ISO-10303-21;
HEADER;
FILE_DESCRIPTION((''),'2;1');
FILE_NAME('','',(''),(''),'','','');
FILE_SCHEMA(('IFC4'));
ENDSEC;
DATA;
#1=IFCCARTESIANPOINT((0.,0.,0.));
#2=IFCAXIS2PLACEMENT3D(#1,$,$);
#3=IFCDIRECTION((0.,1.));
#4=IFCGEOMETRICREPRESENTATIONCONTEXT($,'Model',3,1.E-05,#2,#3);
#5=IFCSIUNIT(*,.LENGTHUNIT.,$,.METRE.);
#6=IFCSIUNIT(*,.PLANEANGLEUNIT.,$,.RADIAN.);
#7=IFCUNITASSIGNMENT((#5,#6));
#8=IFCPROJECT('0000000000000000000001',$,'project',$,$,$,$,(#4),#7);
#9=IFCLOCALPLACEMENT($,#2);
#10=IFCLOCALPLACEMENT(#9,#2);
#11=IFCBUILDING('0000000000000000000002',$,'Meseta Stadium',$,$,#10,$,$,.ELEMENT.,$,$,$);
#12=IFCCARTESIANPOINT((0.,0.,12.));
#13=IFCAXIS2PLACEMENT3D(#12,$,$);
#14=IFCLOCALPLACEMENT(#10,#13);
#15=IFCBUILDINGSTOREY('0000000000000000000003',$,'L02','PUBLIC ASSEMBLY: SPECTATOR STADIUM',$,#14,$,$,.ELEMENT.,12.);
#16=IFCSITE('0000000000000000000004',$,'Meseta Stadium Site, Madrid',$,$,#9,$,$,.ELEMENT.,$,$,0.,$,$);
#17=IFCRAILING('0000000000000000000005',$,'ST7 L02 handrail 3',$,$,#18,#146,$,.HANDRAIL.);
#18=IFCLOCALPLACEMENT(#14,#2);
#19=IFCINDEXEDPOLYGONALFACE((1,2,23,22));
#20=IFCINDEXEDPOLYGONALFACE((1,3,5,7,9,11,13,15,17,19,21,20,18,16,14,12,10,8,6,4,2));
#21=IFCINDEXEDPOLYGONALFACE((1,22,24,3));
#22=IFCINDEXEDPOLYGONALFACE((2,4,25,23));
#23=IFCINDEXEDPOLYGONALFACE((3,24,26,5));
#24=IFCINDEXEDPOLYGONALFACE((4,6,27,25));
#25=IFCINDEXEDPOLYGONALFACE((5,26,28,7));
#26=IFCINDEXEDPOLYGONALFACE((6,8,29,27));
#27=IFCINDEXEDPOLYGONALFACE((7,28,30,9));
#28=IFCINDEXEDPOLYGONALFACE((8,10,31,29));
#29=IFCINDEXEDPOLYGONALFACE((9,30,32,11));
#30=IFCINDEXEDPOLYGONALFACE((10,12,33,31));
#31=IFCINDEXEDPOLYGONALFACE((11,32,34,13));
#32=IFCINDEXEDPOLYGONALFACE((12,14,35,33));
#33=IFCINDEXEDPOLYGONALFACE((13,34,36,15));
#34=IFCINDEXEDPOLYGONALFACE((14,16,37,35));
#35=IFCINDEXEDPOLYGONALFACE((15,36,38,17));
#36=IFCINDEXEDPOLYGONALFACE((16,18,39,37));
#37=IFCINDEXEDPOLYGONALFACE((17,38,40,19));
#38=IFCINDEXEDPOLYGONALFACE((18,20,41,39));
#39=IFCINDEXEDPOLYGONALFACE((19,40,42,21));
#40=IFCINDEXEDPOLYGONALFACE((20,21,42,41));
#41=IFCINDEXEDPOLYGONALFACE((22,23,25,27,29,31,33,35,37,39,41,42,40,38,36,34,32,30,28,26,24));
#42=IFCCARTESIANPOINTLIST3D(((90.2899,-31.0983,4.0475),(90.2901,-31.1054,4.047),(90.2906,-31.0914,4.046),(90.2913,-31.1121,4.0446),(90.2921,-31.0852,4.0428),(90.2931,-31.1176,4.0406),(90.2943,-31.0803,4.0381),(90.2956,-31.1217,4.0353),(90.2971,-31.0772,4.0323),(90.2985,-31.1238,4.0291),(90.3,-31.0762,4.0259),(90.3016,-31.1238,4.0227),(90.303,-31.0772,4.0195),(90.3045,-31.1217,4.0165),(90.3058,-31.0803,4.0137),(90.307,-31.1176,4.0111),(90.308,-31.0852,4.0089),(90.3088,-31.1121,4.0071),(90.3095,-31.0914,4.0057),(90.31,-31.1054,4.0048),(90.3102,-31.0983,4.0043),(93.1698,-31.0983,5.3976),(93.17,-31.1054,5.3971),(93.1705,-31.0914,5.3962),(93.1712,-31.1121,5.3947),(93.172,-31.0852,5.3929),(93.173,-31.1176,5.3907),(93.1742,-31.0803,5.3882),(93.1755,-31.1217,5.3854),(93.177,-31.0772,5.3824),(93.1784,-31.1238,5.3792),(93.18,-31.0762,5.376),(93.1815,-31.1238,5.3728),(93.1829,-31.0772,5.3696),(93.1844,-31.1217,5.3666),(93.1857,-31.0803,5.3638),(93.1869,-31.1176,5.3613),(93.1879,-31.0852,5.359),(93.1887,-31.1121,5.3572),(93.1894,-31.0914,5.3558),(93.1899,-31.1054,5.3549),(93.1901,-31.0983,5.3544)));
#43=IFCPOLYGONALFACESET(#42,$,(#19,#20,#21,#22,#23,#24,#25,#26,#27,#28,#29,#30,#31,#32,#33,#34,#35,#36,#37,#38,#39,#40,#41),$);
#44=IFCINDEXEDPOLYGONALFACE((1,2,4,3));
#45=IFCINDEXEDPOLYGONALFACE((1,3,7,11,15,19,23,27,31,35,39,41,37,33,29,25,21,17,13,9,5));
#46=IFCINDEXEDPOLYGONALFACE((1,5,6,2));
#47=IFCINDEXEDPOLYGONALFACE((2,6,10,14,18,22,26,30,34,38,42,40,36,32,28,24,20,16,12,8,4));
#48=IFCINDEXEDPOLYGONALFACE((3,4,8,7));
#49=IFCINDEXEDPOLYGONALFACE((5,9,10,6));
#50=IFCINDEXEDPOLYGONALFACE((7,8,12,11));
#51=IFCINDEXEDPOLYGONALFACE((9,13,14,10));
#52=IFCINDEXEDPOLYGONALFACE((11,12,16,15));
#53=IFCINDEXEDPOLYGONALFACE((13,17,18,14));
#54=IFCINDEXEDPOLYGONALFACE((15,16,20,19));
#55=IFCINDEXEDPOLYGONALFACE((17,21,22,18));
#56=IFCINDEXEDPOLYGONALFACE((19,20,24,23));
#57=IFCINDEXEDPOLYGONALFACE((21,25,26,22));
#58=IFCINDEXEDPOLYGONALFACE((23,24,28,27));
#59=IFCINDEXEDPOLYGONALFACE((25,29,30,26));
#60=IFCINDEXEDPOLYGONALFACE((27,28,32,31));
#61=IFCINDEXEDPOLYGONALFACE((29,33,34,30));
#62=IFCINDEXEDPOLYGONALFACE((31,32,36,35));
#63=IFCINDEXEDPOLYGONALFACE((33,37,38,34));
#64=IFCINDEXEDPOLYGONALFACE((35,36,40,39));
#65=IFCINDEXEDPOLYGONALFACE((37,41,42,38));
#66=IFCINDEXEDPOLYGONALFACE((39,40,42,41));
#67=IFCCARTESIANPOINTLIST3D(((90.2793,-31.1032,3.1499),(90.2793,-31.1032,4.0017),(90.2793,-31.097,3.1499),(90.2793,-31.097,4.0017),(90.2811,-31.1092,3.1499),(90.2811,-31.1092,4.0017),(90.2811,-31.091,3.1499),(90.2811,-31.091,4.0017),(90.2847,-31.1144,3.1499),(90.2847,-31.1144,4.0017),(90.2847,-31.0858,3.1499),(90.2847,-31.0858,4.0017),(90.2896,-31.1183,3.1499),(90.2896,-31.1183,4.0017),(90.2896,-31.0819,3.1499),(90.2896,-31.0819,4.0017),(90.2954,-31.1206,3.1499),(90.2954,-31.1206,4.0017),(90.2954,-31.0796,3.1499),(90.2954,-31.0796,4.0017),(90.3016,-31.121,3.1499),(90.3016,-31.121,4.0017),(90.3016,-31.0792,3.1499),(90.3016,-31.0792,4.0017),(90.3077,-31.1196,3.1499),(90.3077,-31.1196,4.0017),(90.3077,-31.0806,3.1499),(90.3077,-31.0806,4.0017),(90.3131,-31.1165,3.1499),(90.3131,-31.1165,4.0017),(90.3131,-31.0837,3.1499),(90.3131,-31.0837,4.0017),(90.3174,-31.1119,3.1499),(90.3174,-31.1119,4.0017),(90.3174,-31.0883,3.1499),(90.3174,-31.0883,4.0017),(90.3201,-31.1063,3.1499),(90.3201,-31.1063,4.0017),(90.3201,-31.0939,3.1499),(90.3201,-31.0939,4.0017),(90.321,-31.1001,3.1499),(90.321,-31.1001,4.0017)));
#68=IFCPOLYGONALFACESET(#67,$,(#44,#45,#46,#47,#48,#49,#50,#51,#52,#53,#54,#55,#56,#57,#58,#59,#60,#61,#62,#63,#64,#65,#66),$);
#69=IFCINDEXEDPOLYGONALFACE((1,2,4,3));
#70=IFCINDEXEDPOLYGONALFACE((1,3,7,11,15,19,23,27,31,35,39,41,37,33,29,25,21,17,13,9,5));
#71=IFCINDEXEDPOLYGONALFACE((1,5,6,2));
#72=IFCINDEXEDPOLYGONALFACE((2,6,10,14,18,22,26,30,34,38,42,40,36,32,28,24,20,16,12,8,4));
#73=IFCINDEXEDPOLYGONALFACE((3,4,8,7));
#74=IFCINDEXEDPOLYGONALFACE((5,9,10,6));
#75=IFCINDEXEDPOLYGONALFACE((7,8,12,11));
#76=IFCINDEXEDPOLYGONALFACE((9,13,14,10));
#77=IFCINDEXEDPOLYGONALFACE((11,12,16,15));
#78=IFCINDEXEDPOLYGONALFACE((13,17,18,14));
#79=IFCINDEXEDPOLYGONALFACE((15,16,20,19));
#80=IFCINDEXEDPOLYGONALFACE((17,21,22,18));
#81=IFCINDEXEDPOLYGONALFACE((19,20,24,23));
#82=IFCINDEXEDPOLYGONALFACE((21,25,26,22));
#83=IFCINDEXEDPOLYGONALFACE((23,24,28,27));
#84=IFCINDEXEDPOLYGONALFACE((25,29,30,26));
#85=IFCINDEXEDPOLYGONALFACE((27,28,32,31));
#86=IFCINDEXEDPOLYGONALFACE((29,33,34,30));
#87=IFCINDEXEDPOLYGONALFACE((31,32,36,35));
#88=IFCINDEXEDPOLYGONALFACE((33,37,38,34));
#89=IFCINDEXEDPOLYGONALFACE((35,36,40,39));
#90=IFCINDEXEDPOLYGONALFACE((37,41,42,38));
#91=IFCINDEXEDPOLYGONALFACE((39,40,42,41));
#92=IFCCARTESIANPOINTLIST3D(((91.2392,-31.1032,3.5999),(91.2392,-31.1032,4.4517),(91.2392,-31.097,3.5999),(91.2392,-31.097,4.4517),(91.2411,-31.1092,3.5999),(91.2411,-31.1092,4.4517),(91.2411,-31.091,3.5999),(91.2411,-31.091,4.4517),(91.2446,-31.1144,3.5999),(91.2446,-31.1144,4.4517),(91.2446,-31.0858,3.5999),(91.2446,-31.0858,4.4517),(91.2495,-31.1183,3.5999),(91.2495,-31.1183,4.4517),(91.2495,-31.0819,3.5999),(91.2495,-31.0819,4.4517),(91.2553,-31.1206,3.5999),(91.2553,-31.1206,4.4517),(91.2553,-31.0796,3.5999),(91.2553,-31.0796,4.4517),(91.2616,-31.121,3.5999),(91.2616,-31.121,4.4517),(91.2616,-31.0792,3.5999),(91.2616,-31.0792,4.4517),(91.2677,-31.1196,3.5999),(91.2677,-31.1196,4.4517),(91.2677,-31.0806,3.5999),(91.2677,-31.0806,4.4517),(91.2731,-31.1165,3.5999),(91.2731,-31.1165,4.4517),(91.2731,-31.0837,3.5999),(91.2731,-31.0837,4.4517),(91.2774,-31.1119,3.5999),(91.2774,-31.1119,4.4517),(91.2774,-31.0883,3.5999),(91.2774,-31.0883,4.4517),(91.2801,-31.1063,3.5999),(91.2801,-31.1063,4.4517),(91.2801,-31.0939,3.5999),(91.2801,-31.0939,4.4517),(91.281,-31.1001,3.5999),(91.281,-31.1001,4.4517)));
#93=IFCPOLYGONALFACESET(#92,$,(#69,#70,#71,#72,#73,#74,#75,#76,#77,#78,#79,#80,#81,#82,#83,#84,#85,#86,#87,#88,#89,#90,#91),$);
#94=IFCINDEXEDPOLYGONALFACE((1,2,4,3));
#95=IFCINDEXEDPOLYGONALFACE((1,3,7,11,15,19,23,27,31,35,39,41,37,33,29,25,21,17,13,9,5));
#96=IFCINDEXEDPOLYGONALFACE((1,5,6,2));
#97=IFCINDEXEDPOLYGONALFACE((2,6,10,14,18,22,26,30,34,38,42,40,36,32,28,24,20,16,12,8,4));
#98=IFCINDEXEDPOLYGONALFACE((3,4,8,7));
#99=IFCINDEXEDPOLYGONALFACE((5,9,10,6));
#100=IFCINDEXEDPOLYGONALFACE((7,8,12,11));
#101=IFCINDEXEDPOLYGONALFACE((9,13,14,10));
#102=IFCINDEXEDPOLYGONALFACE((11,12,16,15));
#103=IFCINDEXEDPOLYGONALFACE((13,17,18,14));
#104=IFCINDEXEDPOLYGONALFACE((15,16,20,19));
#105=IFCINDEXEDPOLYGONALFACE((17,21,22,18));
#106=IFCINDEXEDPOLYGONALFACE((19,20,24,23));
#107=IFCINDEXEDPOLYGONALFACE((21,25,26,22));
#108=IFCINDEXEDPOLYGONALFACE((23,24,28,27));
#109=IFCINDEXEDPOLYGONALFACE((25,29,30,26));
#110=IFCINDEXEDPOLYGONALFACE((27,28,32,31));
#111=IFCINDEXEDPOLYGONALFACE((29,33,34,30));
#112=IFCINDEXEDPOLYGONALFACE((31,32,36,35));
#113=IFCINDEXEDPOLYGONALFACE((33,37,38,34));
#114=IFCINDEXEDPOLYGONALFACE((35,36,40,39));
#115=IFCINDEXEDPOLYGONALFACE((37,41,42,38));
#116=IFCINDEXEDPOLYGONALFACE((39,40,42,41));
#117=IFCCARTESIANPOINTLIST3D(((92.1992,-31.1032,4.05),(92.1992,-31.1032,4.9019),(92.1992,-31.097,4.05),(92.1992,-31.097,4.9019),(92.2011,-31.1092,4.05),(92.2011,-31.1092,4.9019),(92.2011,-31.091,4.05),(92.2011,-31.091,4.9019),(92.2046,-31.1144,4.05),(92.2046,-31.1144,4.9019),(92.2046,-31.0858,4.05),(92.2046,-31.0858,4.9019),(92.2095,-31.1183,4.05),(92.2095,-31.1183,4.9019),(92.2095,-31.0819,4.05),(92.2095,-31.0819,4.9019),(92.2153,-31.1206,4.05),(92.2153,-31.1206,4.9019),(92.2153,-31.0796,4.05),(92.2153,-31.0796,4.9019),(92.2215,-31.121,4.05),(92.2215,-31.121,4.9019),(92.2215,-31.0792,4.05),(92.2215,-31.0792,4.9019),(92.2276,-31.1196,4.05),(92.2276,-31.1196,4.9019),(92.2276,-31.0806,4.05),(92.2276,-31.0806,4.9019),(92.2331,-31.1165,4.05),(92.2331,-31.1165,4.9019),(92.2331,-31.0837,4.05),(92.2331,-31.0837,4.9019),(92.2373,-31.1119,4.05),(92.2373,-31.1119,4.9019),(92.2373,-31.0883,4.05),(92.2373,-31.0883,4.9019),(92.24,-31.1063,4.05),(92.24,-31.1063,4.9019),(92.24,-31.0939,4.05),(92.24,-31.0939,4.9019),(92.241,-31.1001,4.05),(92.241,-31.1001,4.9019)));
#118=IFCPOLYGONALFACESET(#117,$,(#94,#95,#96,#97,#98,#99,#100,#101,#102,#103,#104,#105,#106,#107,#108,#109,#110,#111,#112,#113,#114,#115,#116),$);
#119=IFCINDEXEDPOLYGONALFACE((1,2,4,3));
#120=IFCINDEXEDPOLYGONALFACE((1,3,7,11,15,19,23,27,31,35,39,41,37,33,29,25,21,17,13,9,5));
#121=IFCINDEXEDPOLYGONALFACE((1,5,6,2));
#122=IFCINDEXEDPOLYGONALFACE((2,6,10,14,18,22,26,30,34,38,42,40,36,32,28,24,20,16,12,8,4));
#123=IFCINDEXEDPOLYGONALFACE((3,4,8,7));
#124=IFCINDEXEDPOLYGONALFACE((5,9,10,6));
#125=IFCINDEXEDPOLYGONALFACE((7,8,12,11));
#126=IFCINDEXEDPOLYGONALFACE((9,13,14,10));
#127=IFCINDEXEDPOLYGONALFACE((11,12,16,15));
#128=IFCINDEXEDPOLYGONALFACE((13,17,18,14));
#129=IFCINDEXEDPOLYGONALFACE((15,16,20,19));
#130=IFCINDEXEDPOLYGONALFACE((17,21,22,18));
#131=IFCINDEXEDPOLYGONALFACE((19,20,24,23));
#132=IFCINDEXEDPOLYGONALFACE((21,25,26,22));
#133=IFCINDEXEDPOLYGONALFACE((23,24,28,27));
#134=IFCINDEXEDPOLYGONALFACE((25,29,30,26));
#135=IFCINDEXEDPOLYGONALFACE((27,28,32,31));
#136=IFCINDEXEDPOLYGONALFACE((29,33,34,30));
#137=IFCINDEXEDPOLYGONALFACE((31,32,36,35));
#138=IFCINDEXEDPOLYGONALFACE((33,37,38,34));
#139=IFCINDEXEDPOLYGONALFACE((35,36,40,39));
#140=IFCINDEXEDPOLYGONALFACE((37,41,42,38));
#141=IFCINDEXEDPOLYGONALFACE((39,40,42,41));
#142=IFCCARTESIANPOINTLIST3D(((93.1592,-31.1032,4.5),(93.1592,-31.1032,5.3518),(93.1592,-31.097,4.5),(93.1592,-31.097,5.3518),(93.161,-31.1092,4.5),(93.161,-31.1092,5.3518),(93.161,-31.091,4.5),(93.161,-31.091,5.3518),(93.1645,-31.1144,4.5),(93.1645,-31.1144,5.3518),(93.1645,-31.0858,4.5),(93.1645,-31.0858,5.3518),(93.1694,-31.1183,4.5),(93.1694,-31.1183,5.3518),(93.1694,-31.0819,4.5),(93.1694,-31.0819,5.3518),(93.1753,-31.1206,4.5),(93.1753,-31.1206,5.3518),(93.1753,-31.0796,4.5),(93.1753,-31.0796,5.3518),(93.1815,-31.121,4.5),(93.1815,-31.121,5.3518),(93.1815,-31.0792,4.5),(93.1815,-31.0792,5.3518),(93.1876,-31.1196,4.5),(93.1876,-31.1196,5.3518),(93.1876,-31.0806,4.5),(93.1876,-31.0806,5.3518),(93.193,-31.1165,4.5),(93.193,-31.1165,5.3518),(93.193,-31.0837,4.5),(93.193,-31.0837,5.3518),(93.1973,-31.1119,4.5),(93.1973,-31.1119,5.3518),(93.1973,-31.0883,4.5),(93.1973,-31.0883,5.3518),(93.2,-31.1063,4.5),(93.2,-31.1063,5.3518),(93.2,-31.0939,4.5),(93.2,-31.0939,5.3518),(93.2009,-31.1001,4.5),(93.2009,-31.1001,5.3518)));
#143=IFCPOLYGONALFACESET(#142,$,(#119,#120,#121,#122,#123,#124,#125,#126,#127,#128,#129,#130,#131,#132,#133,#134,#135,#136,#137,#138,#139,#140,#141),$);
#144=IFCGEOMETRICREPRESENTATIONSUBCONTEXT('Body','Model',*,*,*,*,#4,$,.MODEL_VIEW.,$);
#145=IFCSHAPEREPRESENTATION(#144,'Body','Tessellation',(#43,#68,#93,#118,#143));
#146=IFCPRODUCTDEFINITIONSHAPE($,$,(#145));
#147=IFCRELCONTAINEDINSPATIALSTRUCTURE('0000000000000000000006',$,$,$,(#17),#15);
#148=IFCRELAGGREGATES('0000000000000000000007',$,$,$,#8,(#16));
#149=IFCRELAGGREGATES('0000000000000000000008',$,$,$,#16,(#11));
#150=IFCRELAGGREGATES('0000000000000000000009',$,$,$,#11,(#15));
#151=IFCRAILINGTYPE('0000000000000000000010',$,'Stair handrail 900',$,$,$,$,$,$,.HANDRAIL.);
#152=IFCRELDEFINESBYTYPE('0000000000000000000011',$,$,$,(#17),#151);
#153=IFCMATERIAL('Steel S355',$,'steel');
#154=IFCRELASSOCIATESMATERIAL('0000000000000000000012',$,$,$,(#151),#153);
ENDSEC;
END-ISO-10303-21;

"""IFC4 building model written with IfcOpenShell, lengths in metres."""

from ifc_helpers import new_model, si_unit, direction, frame, origin, origin_2d, place, context, subcontext, project, spatial, circle, extrude, material, type_object, element, save


model = new_model("IFC4")

# Units and contexts
model_context = context("Model", 3, precision=1e-05, world=origin(), true_north=direction((0.0, 1.0)))
body_context = subcontext(model_context, "Body", "Model", "MODEL_VIEW")
ifc_project = project(units=[si_unit("LENGTHUNIT", "METRE"), si_unit("PLANEANGLEUNIT", "RADIAN")], contexts=[model_context])

# Site, building, storey
site_placement = place(None, origin())
site = spatial("IfcSite", under=ifc_project, at=site_placement, Name="Meseta Stadium Site, Madrid", CompositionType="ELEMENT", RefElevation=0.0)
building_placement = place(site_placement, origin())
building = spatial("IfcBuilding", under=site, at=building_placement, Name="Meseta Stadium", CompositionType="ELEMENT")
storey_placement = place(building_placement, frame((0.0, 0.0, 12.0)))
storey = spatial("IfcBuildingStorey", under=building, at=storey_placement, Name="L02", Description="PUBLIC ASSEMBLY: SPECTATOR STADIUM", CompositionType="ELEMENT", Elevation=12.0)

# Railing
ifc_material_1 = material(Name="Steel S355", Category="steel")
railing_type_1 = type_object("IfcRailingType", Name="Stair handrail 900", PredefinedType="HANDRAIL", material=ifc_material_1)
railing_1_placement = place(storey_placement, frame((90.3, -31.1001, 3.1499)))
element("IfcRailing", 1, at=railing_1_placement, inside=storey, type_object=railing_type_1, Name="ST7 L02 handrail 3", PredefinedType="HANDRAIL", context=body_context, shape_type="SweptSolid", body=[
    extrude(circle(Radius=0.0239, at=origin_2d()), frame((0.0, 0.0, 0.876), z_axis=(0.90544, 0.0, 0.424473), x_axis=(0.0, 1.0, 0.0)), (0.0, 0.0, 1.0), 3.1807),
    extrude(circle(Radius=0.021, at=origin_2d()), origin(), (0.0, 0.0, 1.0), 0.8518),
    extrude(circle(Radius=0.021, at=origin_2d()), frame((0.96, 0.0, 0.45)), (0.0, 0.0, 1.0), 0.8518),
    extrude(circle(Radius=0.021, at=origin_2d()), frame((1.9199, 0.0, 0.9001)), (0.0, 0.0, 1.0), 0.8518),
    extrude(circle(Radius=0.021, at=origin_2d()), frame((2.8799, 0.0, 1.3501)), (0.0, 0.0, 1.0), 0.8518),
])

save(model, "model.ifc")
